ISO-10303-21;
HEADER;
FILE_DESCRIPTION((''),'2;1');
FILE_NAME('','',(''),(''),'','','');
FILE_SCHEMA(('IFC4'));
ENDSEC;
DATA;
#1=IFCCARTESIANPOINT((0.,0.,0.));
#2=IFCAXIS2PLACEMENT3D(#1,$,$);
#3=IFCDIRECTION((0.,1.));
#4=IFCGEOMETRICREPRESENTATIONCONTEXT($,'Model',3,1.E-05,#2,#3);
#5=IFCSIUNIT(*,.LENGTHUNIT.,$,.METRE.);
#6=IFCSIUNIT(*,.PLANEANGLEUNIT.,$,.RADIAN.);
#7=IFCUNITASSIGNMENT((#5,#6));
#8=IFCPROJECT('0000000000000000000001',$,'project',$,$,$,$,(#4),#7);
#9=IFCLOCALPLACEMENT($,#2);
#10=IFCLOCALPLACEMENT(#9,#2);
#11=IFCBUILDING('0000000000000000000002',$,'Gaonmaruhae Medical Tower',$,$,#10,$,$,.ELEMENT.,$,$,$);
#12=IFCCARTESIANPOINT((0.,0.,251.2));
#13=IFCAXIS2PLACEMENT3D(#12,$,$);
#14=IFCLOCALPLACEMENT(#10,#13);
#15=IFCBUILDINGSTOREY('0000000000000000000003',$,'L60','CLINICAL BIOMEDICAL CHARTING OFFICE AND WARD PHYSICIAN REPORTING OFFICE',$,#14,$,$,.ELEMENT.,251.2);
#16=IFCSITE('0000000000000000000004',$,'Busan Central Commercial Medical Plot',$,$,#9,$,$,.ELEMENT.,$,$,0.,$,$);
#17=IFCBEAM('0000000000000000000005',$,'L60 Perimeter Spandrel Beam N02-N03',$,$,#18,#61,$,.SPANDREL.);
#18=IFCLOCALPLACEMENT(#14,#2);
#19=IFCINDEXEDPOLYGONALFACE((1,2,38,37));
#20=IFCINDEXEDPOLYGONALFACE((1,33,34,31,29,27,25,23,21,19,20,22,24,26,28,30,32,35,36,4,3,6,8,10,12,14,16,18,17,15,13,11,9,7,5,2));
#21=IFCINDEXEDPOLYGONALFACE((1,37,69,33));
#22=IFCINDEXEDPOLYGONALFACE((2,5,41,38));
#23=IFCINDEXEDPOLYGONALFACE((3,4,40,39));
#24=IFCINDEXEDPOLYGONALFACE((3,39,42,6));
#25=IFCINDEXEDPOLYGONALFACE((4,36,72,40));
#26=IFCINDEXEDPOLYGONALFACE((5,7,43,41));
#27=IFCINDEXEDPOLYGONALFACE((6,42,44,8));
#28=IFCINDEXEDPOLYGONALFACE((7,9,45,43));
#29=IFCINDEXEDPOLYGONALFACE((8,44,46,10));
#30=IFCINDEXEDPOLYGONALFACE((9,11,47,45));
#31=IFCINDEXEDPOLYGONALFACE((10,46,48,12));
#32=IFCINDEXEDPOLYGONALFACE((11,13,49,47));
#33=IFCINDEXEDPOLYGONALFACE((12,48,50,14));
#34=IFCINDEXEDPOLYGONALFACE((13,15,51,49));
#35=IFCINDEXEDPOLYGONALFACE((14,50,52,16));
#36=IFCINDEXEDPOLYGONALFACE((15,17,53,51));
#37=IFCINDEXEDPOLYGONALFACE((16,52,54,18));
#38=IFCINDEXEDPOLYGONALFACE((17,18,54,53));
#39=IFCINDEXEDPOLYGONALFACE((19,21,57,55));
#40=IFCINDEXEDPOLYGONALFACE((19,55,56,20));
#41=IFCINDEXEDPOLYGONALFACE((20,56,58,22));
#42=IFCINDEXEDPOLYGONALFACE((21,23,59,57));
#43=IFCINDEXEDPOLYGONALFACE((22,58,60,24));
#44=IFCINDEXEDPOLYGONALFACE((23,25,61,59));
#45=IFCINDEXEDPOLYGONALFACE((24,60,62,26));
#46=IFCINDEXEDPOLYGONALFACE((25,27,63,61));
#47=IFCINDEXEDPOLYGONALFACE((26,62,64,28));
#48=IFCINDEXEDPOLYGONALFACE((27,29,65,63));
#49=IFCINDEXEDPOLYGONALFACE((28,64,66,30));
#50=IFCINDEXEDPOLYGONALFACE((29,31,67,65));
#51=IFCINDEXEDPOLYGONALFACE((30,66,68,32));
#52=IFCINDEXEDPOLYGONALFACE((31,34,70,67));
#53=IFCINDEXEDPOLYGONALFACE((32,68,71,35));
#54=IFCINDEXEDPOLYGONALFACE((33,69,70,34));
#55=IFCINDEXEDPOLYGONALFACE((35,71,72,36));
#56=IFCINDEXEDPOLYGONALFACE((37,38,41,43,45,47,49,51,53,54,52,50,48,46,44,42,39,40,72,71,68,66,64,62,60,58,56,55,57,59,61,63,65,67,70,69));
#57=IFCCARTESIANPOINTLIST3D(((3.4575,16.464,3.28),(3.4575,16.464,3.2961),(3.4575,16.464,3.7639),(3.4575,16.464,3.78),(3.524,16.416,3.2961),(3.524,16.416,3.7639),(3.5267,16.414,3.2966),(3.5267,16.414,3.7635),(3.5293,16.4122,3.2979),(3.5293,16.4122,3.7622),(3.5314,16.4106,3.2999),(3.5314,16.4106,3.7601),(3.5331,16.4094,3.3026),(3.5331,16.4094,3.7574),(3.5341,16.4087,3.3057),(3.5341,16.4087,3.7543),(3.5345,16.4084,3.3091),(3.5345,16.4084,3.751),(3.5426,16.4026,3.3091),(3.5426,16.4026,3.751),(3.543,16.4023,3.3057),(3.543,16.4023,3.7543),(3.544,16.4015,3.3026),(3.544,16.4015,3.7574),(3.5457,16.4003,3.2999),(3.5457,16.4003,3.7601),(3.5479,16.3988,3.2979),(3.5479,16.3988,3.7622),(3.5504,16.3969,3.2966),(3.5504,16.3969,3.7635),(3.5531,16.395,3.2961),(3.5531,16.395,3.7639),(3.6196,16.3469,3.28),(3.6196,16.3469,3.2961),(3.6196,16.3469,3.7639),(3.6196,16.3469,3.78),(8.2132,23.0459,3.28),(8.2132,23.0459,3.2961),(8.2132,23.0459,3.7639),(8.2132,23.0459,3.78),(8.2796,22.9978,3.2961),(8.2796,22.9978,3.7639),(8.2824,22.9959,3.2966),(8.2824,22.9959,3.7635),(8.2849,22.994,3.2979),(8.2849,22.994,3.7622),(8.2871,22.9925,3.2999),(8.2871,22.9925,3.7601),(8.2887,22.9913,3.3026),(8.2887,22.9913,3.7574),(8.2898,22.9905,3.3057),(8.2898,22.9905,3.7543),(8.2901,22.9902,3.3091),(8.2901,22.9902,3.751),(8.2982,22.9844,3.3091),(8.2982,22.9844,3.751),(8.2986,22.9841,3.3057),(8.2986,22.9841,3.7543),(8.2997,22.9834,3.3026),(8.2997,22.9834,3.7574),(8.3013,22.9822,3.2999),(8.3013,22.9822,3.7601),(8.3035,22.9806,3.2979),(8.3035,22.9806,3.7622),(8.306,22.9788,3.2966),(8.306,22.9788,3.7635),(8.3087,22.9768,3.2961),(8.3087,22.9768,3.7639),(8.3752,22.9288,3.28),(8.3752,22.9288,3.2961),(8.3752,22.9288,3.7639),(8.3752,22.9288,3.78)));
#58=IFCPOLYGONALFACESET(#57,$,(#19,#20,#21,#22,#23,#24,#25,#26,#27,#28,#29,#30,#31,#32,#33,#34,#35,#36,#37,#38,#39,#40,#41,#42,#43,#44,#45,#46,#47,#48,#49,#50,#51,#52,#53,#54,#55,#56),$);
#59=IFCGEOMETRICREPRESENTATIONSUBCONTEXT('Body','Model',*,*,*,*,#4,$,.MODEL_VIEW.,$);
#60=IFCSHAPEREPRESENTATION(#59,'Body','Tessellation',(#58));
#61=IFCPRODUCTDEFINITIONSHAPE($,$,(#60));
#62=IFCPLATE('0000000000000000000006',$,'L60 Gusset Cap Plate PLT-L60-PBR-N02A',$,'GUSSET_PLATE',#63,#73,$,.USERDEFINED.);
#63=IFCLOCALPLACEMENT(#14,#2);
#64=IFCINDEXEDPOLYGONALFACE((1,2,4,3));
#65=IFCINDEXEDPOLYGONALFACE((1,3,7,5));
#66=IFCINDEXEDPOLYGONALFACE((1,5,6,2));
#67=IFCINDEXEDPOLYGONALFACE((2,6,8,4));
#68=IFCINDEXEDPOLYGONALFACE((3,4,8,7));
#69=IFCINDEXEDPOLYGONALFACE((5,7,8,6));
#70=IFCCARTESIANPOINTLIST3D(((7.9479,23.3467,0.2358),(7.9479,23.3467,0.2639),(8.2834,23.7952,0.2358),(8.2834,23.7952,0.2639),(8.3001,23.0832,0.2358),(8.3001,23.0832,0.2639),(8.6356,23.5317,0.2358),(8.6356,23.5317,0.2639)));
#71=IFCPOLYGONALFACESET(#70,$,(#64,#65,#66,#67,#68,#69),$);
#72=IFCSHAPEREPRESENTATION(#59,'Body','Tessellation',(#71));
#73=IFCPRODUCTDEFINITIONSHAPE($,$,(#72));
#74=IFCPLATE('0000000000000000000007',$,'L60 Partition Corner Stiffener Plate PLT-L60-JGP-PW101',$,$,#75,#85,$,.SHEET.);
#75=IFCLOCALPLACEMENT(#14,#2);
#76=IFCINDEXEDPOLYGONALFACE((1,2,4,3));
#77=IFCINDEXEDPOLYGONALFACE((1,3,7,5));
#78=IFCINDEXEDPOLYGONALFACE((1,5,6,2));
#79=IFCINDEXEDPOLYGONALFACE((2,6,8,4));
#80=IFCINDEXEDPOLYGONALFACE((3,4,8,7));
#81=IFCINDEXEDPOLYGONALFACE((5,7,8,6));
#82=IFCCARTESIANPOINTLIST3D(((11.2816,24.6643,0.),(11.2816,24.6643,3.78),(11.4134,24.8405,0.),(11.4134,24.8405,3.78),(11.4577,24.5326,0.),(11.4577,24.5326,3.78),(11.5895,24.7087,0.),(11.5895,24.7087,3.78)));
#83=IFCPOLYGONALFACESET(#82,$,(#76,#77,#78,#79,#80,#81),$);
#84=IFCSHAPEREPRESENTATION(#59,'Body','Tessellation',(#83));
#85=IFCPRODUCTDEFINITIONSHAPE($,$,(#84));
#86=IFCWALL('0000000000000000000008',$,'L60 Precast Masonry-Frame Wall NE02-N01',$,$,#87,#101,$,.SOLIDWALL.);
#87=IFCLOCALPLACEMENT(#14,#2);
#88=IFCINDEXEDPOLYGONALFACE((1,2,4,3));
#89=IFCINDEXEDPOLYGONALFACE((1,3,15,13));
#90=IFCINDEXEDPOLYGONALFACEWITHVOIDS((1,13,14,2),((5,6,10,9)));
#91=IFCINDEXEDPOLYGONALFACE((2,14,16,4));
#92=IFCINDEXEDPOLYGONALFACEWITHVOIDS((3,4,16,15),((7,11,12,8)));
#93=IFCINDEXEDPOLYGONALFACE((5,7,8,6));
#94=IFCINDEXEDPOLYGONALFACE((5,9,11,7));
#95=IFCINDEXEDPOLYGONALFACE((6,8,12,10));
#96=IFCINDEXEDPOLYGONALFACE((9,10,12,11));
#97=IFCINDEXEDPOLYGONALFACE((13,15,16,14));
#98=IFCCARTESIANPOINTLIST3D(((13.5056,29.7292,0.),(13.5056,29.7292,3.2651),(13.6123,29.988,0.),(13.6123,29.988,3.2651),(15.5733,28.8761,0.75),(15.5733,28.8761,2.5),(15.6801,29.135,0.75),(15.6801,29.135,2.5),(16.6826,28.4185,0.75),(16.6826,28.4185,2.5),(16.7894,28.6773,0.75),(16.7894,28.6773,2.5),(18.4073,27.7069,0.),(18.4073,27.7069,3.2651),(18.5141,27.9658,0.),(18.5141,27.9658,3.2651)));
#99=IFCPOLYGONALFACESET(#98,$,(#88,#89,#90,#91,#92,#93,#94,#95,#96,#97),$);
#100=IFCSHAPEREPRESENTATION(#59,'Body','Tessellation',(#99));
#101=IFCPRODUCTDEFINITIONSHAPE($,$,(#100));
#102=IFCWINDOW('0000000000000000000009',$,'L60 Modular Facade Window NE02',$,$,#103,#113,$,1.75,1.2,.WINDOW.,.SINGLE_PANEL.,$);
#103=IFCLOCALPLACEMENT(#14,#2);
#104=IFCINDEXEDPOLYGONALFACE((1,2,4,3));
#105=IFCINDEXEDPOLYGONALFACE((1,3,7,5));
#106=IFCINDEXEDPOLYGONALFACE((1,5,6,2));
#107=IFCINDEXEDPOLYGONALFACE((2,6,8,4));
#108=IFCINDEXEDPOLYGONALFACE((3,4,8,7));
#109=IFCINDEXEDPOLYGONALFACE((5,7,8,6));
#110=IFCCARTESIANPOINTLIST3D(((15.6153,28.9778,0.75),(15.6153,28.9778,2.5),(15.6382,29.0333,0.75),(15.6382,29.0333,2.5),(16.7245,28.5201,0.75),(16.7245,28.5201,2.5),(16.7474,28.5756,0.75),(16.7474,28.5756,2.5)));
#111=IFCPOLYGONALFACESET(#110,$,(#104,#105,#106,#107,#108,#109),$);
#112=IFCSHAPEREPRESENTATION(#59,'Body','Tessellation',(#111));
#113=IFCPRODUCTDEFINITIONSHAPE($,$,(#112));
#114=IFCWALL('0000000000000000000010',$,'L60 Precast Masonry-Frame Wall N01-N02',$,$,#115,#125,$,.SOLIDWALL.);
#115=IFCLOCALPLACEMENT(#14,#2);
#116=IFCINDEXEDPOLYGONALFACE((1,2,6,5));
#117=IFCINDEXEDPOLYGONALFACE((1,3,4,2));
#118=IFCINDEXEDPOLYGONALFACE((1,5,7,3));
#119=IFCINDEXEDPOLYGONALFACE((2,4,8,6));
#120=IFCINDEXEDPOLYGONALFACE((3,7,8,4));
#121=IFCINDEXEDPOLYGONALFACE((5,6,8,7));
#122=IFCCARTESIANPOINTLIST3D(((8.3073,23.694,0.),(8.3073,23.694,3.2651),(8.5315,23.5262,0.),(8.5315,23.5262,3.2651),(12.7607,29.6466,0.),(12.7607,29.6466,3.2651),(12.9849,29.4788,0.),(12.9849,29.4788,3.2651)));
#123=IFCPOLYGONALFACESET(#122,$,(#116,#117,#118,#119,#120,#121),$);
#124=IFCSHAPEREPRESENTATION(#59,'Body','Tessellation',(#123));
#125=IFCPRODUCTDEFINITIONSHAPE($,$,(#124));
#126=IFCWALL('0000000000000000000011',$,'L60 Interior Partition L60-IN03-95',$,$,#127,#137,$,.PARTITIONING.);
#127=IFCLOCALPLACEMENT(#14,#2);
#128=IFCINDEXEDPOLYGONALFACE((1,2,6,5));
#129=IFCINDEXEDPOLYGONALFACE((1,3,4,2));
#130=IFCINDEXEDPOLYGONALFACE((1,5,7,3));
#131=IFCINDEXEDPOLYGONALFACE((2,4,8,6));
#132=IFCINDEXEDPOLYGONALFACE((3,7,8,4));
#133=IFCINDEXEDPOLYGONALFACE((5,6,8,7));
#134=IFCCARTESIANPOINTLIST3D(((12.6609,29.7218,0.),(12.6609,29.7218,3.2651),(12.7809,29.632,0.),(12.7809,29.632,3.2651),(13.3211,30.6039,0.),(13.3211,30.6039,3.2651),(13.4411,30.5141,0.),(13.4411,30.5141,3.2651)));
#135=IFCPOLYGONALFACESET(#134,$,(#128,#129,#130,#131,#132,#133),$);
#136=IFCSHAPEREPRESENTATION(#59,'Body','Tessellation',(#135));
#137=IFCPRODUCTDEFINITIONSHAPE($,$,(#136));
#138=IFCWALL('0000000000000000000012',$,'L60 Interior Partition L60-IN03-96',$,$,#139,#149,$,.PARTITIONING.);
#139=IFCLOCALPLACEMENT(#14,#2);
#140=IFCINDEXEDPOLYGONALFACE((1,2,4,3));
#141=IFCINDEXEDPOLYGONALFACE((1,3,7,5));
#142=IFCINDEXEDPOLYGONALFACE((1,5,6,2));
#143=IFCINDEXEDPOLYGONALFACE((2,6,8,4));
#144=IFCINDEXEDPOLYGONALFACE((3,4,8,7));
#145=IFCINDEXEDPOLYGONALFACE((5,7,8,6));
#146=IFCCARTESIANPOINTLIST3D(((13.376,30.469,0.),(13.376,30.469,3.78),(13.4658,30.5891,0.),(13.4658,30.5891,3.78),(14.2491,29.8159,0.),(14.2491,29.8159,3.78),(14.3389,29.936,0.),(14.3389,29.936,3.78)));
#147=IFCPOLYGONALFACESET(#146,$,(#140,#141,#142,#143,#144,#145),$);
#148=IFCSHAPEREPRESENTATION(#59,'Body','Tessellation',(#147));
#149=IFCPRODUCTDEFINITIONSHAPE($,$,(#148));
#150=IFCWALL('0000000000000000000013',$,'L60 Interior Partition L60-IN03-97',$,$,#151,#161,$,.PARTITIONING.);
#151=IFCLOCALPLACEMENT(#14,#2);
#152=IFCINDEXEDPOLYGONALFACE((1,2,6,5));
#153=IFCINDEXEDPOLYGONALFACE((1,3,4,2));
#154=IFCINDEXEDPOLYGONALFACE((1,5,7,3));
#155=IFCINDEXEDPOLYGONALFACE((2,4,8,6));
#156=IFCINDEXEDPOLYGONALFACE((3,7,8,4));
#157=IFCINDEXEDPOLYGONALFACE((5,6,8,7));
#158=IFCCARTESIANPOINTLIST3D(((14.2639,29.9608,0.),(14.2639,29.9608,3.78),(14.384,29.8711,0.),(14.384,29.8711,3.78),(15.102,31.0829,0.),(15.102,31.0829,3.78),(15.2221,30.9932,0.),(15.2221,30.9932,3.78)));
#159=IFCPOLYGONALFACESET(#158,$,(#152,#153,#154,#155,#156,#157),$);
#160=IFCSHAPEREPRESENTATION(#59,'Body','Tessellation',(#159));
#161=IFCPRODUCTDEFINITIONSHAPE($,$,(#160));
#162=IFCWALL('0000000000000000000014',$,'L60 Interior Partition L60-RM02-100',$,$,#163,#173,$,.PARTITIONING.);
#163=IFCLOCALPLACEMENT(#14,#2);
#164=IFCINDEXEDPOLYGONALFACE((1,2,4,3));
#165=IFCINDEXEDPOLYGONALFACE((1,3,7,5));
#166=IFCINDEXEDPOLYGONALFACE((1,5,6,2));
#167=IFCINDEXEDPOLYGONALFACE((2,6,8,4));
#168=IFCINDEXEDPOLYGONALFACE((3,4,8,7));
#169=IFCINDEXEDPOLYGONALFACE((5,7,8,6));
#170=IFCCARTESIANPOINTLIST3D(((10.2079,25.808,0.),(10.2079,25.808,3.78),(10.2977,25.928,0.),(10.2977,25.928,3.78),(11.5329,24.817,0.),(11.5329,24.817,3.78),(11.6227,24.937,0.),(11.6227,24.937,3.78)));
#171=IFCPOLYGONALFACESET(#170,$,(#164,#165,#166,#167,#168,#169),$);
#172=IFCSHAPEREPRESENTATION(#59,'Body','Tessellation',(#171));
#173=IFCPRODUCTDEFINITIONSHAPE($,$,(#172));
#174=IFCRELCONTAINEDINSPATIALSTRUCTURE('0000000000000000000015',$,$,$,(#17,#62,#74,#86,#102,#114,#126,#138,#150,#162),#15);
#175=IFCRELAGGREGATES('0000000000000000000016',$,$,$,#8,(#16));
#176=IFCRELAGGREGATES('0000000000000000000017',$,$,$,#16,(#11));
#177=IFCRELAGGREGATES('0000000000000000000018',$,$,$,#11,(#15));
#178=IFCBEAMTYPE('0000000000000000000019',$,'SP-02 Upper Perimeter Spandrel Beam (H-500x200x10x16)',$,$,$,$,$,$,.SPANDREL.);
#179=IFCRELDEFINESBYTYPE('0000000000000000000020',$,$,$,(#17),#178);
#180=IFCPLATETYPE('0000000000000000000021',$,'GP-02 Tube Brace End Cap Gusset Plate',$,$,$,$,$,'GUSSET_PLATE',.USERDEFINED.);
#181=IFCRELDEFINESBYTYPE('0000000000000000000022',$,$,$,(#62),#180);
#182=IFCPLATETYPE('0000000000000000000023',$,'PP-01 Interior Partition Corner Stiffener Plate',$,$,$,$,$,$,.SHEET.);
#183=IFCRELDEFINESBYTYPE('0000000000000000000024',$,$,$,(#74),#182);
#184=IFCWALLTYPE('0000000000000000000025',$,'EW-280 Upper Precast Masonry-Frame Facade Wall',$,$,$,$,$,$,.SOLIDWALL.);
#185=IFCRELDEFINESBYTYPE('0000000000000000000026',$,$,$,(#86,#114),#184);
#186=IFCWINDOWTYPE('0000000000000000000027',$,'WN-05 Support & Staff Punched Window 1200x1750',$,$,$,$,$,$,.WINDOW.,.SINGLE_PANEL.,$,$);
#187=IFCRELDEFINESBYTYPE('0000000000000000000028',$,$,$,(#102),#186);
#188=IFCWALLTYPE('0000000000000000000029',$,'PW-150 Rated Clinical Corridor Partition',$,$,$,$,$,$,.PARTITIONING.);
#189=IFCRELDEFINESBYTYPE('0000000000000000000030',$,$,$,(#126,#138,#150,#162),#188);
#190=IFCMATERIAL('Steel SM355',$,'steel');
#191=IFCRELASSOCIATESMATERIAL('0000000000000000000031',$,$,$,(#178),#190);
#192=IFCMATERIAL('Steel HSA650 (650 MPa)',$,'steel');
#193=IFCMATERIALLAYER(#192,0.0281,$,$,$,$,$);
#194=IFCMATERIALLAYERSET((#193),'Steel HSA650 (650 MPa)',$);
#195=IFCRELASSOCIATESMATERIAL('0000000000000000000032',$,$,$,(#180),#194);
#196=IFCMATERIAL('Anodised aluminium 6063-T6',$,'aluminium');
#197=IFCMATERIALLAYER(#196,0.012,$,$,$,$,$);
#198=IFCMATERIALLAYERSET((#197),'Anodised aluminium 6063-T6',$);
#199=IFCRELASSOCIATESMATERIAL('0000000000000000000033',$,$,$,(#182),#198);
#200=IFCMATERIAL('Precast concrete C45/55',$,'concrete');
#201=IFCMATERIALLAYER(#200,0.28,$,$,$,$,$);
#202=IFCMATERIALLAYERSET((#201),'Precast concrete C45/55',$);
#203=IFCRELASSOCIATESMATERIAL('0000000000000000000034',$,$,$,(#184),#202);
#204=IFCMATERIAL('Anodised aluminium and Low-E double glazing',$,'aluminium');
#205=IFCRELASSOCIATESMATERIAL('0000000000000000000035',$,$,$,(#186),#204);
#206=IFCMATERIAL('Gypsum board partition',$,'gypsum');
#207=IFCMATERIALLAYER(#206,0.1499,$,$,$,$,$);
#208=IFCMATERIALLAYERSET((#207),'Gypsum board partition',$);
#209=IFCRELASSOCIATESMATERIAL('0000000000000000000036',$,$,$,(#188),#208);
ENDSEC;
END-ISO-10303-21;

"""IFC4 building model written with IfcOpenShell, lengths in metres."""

from ifc_helpers import new_model, si_unit, direction, frame, frame_2d, origin, origin_2d, place, context, subcontext, project, spatial, rectangle, i_section, extrude, material, layer, layer_set, material_profile, profile_set, type_object, element, fill, save


model = new_model("IFC4")

# Units and contexts
model_context = context("Model", 3, precision=1e-05, world=origin(), true_north=direction((0.0, 1.0)))
body_context = subcontext(model_context, "Body", "Model", "MODEL_VIEW")
ifc_project = project(units=[si_unit("LENGTHUNIT", "METRE"), si_unit("PLANEANGLEUNIT", "RADIAN")], contexts=[model_context])

# Site, building, storey
site_placement = place(None, origin())
site = spatial("IfcSite", under=ifc_project, at=site_placement, Name="Busan Central Commercial Medical Plot", CompositionType="ELEMENT", RefElevation=0.0)
building_placement = place(site_placement, origin())
building = spatial("IfcBuilding", under=site, at=building_placement, Name="Gaonmaruhae Medical Tower", CompositionType="ELEMENT")
storey_placement = place(building_placement, frame((0.0, 0.0, 251.2)))
storey = spatial("IfcBuildingStorey", under=building, at=storey_placement, Name="L60", Description="CLINICAL BIOMEDICAL CHARTING OFFICE AND WARD PHYSICIAN REPORTING OFFICE", CompositionType="ELEMENT", Elevation=251.2)

# Shared definitions
ifc_material_1 = material(Name="Steel SM355", Category="steel")

# Beam
ifc_material_profile_1 = material_profile(ifc_material_1, i_section(OverallWidth=0.2, OverallDepth=0.5, WebThickness=0.01, FlangeThickness=0.0161, FilletRadius=0.0129, at=origin_2d()), Name="H-500x200x10x16")
ifc_profile_set_1 = profile_set([ifc_material_profile_1], Name="Steel SM355")
beam_type_1 = type_object("IfcBeamType", Name="SP-02 Upper Perimeter Spandrel Beam (H-500x200x10x16)", PredefinedType="SPANDREL", material=ifc_profile_set_1)
for number, where, z_axis, x_axis, name in (
    (1, (8.2942, 22.9873, 3.53), (-0.585661, -0.810556, 0.0), (0.810556, -0.585661, 0.0), "L60 Perimeter Spandrel Beam N02-N03"),
):
    element("IfcBeam", number, at=place(storey_placement, frame(where, z_axis=z_axis, x_axis=x_axis)), inside=storey, type_object=beam_type_1, Name=name, PredefinedType="SPANDREL", context=body_context, shape_type="SweptSolid", body=[
        extrude(i_section(OverallWidth=0.2, OverallDepth=0.5, WebThickness=0.01, FlangeThickness=0.0161, FilletRadius=0.0129, at=origin_2d()), origin(), (0.0, 0.0, 1.0), 8.1201),
    ])

# Plates
ifc_material_2 = material(Name="Steel HSA650 (650 MPa)", Category="steel")
ifc_layer_1 = layer(ifc_material_2, 0.0281)
ifc_layer_set_1 = layer_set([ifc_layer_1], Name="Steel HSA650 (650 MPa)")
plate_type_1 = type_object("IfcPlateType", Name="GP-02 Tube Brace End Cap Gusset Plate", ElementType="GUSSET_PLATE", PredefinedType="USERDEFINED", material=ifc_layer_set_1)
plate_1_placement = place(storey_placement, frame((8.2917, 23.4392, 0.2358), z_axis=(0.0, 0.0, 1.0), x_axis=(0.599024, 0.800731, 0.0)))
element("IfcPlate", 2, at=plate_1_placement, inside=storey, type_object=plate_type_1, Name="L60 Gusset Cap Plate PLT-L60-PBR-N02A", ObjectType="GUSSET_PLATE", PredefinedType="USERDEFINED", context=body_context, shape_type="SweptSolid", body=[
    extrude(rectangle(XDim=0.5601, YDim=0.4399, at=origin_2d()), origin(), (0.0, 0.0, 1.0), 0.0281),
])
ifc_material_3 = material(Name="Anodised aluminium 6063-T6", Category="aluminium")
ifc_layer_2 = layer(ifc_material_3, 0.012)
ifc_layer_set_2 = layer_set([ifc_layer_2], Name="Anodised aluminium 6063-T6")
plate_type_2 = type_object("IfcPlateType", Name="PP-01 Interior Partition Corner Stiffener Plate", PredefinedType="SHEET", material=ifc_layer_set_2)
plate_2_placement = place(storey_placement, frame((11.4355, 24.6865, 0.0), z_axis=(0.0, 0.0, 1.0), x_axis=(-0.598996, -0.800752, 0.0)))
element("IfcPlate", 3, at=plate_2_placement, inside=storey, type_object=plate_type_2, Name="L60 Partition Corner Stiffener Plate PLT-L60-JGP-PW101", PredefinedType="SHEET", context=body_context, shape_type="SweptSolid", body=[
    extrude(rectangle(XDim=0.22, YDim=0.22, at=origin_2d()), origin(), (0.0, 0.0, 1.0), 3.78),
])

# Wall, opening, window
ifc_material_4 = material(Name="Precast concrete C45/55", Category="concrete")
ifc_layer_3 = layer(ifc_material_4, 0.28)
ifc_layer_set_3 = layer_set([ifc_layer_3], Name="Precast concrete C45/55")
wall_type_1 = type_object("IfcWallType", Name="EW-280 Upper Precast Masonry-Frame Facade Wall", PredefinedType="SOLIDWALL", material=ifc_layer_set_3)
wall_1_placement = place(storey_placement, frame((13.5588, 29.8586, 0.0), z_axis=(0.0, 0.0, 1.0), x_axis=(0.924419, -0.38138, 0.0)))
wall_1 = element("IfcWall", 4, at=wall_1_placement, inside=storey, type_object=wall_type_1, Name="L60 Precast Masonry-Frame Wall NE02-N01", PredefinedType="SOLIDWALL", context=body_context, shape_type="SweptSolid", body=[
    extrude(rectangle(XDim=5.3025, YDim=0.28, at=frame_2d((2.6514, 0.0))), origin(), (0.0, 0.0, 1.0), 3.2651),
])
opening_1_placement = place(wall_1_placement, frame((2.2368, 0.0, 0.75)))
opening_1 = element("IfcOpeningElement", 5, at=opening_1_placement, cuts=wall_1, PredefinedType="OPENING", context=body_context, shape_type="SweptSolid", body=[
    extrude(rectangle(XDim=1.2, YDim=1.75, at=frame_2d((0.6001, 0.875))), frame((0.0, 0.1499, 0.0), z_axis=(0.0, -1.0, 0.0), x_axis=(1.0, 0.0, 0.0)), (0.0, 0.0, 1.0), 0.3),
])
ifc_material_5 = material(Name="Anodised aluminium and Low-E double glazing", Category="aluminium")
window_type = type_object("IfcWindowType", Name="WN-05 Support & Staff Punched Window 1200x1750", PartitioningType="SINGLE_PANEL", PredefinedType="WINDOW", material=ifc_material_5)
window_placement = place(opening_1_placement, origin())
window = element("IfcWindow", 6, at=window_placement, inside=storey, type_object=window_type, Name="L60 Modular Facade Window NE02", OverallHeight=1.75, OverallWidth=1.2, PartitioningType="SINGLE_PANEL", PredefinedType="WINDOW", context=body_context, shape_type="SweptSolid", body=[
    extrude(rectangle(XDim=1.2, YDim=1.75, at=frame_2d((0.6001, 0.875))), frame((0.0, 0.03, 0.0), z_axis=(0.0, -1.0, 0.0), x_axis=(1.0, 0.0, 0.0)), (0.0, 0.0, 1.0), 0.0601),
])
fill(opening_1, window)

# Wall
wall_2_placement = place(storey_placement, frame((8.4194, 23.6101, 0.0), z_axis=(0.0, 0.0, 1.0), x_axis=(0.599043, 0.800717, 0.0)))
element("IfcWall", 7, at=wall_2_placement, inside=storey, type_object=wall_type_1, Name="L60 Precast Masonry-Frame Wall N01-N02", PredefinedType="SOLIDWALL", context=body_context, shape_type="SweptSolid", body=[
    extrude(rectangle(XDim=7.4341, YDim=0.28, at=frame_2d((3.717, 0.0))), origin(), (0.0, 0.0, 1.0), 3.2651),
])

# Shared definitions
ifc_material_6 = material(Name="Gypsum board partition", Category="gypsum")
ifc_layer_4 = layer(ifc_material_6, 0.1499)
ifc_layer_set_4 = layer_set([ifc_layer_4], Name="Gypsum board partition")
wall_type_2 = type_object("IfcWallType", Name="PW-150 Rated Clinical Corridor Partition", PredefinedType="PARTITIONING", material=ifc_layer_set_4)

# Walls
wall_3_placement = place(storey_placement, frame((12.7209, 29.677, 0.0), z_axis=(0.0, 0.0, 1.0), x_axis=(0.599184, 0.800611, 0.0)))
element("IfcWall", 8, at=wall_3_placement, inside=storey, type_object=wall_type_2, Name="L60 Interior Partition L60-IN03-95", PredefinedType="PARTITIONING", context=body_context, shape_type="SweptSolid", body=[
    extrude(rectangle(XDim=1.1018, YDim=0.1499, at=frame_2d((0.5508, 0.0))), origin(), (0.0, 0.0, 1.0), 3.2651),
])
wall_4_placement = place(storey_placement, frame((13.4209, 30.5291, 0.0), z_axis=(0.0, 0.0, 1.0), x_axis=(0.800752, -0.598996, 0.0)))
element("IfcWall", 9, at=wall_4_placement, inside=storey, type_object=wall_type_2, Name="L60 Interior Partition L60-IN03-96", PredefinedType="PARTITIONING", context=body_context, shape_type="SweptSolid", body=[
    extrude(rectangle(XDim=1.0903, YDim=0.1499, at=frame_2d((0.5452, 0.0))), origin(), (0.0, 0.0, 1.0), 3.78),
])
wall_5_placement = place(storey_placement, frame((14.324, 29.916, 0.0), z_axis=(0.0, 0.0, 1.0), x_axis=(0.598437, 0.80117, 0.0)))
element("IfcWall", 10, at=wall_5_placement, inside=storey, type_object=wall_type_2, Name="L60 Interior Partition L60-IN03-97", PredefinedType="PARTITIONING", context=body_context, shape_type="SweptSolid", body=[
    extrude(rectangle(XDim=1.4006, YDim=0.1499, at=frame_2d((0.7002, 0.0))), origin(), (0.0, 0.0, 1.0), 3.78),
])
wall_6_placement = place(storey_placement, frame((10.2529, 25.8679, 0.0), z_axis=(0.0, 0.0, 1.0), x_axis=(0.800796, -0.598937, 0.0)))
element("IfcWall", 11, at=wall_6_placement, inside=storey, type_object=wall_type_2, Name="L60 Interior Partition L60-RM02-100", PredefinedType="PARTITIONING", context=body_context, shape_type="SweptSolid", body=[
    extrude(rectangle(XDim=1.6545, YDim=0.1499, at=frame_2d((0.8271, 0.0))), origin(), (0.0, 0.0, 1.0), 3.78),
])

save(model, "model.ifc")
